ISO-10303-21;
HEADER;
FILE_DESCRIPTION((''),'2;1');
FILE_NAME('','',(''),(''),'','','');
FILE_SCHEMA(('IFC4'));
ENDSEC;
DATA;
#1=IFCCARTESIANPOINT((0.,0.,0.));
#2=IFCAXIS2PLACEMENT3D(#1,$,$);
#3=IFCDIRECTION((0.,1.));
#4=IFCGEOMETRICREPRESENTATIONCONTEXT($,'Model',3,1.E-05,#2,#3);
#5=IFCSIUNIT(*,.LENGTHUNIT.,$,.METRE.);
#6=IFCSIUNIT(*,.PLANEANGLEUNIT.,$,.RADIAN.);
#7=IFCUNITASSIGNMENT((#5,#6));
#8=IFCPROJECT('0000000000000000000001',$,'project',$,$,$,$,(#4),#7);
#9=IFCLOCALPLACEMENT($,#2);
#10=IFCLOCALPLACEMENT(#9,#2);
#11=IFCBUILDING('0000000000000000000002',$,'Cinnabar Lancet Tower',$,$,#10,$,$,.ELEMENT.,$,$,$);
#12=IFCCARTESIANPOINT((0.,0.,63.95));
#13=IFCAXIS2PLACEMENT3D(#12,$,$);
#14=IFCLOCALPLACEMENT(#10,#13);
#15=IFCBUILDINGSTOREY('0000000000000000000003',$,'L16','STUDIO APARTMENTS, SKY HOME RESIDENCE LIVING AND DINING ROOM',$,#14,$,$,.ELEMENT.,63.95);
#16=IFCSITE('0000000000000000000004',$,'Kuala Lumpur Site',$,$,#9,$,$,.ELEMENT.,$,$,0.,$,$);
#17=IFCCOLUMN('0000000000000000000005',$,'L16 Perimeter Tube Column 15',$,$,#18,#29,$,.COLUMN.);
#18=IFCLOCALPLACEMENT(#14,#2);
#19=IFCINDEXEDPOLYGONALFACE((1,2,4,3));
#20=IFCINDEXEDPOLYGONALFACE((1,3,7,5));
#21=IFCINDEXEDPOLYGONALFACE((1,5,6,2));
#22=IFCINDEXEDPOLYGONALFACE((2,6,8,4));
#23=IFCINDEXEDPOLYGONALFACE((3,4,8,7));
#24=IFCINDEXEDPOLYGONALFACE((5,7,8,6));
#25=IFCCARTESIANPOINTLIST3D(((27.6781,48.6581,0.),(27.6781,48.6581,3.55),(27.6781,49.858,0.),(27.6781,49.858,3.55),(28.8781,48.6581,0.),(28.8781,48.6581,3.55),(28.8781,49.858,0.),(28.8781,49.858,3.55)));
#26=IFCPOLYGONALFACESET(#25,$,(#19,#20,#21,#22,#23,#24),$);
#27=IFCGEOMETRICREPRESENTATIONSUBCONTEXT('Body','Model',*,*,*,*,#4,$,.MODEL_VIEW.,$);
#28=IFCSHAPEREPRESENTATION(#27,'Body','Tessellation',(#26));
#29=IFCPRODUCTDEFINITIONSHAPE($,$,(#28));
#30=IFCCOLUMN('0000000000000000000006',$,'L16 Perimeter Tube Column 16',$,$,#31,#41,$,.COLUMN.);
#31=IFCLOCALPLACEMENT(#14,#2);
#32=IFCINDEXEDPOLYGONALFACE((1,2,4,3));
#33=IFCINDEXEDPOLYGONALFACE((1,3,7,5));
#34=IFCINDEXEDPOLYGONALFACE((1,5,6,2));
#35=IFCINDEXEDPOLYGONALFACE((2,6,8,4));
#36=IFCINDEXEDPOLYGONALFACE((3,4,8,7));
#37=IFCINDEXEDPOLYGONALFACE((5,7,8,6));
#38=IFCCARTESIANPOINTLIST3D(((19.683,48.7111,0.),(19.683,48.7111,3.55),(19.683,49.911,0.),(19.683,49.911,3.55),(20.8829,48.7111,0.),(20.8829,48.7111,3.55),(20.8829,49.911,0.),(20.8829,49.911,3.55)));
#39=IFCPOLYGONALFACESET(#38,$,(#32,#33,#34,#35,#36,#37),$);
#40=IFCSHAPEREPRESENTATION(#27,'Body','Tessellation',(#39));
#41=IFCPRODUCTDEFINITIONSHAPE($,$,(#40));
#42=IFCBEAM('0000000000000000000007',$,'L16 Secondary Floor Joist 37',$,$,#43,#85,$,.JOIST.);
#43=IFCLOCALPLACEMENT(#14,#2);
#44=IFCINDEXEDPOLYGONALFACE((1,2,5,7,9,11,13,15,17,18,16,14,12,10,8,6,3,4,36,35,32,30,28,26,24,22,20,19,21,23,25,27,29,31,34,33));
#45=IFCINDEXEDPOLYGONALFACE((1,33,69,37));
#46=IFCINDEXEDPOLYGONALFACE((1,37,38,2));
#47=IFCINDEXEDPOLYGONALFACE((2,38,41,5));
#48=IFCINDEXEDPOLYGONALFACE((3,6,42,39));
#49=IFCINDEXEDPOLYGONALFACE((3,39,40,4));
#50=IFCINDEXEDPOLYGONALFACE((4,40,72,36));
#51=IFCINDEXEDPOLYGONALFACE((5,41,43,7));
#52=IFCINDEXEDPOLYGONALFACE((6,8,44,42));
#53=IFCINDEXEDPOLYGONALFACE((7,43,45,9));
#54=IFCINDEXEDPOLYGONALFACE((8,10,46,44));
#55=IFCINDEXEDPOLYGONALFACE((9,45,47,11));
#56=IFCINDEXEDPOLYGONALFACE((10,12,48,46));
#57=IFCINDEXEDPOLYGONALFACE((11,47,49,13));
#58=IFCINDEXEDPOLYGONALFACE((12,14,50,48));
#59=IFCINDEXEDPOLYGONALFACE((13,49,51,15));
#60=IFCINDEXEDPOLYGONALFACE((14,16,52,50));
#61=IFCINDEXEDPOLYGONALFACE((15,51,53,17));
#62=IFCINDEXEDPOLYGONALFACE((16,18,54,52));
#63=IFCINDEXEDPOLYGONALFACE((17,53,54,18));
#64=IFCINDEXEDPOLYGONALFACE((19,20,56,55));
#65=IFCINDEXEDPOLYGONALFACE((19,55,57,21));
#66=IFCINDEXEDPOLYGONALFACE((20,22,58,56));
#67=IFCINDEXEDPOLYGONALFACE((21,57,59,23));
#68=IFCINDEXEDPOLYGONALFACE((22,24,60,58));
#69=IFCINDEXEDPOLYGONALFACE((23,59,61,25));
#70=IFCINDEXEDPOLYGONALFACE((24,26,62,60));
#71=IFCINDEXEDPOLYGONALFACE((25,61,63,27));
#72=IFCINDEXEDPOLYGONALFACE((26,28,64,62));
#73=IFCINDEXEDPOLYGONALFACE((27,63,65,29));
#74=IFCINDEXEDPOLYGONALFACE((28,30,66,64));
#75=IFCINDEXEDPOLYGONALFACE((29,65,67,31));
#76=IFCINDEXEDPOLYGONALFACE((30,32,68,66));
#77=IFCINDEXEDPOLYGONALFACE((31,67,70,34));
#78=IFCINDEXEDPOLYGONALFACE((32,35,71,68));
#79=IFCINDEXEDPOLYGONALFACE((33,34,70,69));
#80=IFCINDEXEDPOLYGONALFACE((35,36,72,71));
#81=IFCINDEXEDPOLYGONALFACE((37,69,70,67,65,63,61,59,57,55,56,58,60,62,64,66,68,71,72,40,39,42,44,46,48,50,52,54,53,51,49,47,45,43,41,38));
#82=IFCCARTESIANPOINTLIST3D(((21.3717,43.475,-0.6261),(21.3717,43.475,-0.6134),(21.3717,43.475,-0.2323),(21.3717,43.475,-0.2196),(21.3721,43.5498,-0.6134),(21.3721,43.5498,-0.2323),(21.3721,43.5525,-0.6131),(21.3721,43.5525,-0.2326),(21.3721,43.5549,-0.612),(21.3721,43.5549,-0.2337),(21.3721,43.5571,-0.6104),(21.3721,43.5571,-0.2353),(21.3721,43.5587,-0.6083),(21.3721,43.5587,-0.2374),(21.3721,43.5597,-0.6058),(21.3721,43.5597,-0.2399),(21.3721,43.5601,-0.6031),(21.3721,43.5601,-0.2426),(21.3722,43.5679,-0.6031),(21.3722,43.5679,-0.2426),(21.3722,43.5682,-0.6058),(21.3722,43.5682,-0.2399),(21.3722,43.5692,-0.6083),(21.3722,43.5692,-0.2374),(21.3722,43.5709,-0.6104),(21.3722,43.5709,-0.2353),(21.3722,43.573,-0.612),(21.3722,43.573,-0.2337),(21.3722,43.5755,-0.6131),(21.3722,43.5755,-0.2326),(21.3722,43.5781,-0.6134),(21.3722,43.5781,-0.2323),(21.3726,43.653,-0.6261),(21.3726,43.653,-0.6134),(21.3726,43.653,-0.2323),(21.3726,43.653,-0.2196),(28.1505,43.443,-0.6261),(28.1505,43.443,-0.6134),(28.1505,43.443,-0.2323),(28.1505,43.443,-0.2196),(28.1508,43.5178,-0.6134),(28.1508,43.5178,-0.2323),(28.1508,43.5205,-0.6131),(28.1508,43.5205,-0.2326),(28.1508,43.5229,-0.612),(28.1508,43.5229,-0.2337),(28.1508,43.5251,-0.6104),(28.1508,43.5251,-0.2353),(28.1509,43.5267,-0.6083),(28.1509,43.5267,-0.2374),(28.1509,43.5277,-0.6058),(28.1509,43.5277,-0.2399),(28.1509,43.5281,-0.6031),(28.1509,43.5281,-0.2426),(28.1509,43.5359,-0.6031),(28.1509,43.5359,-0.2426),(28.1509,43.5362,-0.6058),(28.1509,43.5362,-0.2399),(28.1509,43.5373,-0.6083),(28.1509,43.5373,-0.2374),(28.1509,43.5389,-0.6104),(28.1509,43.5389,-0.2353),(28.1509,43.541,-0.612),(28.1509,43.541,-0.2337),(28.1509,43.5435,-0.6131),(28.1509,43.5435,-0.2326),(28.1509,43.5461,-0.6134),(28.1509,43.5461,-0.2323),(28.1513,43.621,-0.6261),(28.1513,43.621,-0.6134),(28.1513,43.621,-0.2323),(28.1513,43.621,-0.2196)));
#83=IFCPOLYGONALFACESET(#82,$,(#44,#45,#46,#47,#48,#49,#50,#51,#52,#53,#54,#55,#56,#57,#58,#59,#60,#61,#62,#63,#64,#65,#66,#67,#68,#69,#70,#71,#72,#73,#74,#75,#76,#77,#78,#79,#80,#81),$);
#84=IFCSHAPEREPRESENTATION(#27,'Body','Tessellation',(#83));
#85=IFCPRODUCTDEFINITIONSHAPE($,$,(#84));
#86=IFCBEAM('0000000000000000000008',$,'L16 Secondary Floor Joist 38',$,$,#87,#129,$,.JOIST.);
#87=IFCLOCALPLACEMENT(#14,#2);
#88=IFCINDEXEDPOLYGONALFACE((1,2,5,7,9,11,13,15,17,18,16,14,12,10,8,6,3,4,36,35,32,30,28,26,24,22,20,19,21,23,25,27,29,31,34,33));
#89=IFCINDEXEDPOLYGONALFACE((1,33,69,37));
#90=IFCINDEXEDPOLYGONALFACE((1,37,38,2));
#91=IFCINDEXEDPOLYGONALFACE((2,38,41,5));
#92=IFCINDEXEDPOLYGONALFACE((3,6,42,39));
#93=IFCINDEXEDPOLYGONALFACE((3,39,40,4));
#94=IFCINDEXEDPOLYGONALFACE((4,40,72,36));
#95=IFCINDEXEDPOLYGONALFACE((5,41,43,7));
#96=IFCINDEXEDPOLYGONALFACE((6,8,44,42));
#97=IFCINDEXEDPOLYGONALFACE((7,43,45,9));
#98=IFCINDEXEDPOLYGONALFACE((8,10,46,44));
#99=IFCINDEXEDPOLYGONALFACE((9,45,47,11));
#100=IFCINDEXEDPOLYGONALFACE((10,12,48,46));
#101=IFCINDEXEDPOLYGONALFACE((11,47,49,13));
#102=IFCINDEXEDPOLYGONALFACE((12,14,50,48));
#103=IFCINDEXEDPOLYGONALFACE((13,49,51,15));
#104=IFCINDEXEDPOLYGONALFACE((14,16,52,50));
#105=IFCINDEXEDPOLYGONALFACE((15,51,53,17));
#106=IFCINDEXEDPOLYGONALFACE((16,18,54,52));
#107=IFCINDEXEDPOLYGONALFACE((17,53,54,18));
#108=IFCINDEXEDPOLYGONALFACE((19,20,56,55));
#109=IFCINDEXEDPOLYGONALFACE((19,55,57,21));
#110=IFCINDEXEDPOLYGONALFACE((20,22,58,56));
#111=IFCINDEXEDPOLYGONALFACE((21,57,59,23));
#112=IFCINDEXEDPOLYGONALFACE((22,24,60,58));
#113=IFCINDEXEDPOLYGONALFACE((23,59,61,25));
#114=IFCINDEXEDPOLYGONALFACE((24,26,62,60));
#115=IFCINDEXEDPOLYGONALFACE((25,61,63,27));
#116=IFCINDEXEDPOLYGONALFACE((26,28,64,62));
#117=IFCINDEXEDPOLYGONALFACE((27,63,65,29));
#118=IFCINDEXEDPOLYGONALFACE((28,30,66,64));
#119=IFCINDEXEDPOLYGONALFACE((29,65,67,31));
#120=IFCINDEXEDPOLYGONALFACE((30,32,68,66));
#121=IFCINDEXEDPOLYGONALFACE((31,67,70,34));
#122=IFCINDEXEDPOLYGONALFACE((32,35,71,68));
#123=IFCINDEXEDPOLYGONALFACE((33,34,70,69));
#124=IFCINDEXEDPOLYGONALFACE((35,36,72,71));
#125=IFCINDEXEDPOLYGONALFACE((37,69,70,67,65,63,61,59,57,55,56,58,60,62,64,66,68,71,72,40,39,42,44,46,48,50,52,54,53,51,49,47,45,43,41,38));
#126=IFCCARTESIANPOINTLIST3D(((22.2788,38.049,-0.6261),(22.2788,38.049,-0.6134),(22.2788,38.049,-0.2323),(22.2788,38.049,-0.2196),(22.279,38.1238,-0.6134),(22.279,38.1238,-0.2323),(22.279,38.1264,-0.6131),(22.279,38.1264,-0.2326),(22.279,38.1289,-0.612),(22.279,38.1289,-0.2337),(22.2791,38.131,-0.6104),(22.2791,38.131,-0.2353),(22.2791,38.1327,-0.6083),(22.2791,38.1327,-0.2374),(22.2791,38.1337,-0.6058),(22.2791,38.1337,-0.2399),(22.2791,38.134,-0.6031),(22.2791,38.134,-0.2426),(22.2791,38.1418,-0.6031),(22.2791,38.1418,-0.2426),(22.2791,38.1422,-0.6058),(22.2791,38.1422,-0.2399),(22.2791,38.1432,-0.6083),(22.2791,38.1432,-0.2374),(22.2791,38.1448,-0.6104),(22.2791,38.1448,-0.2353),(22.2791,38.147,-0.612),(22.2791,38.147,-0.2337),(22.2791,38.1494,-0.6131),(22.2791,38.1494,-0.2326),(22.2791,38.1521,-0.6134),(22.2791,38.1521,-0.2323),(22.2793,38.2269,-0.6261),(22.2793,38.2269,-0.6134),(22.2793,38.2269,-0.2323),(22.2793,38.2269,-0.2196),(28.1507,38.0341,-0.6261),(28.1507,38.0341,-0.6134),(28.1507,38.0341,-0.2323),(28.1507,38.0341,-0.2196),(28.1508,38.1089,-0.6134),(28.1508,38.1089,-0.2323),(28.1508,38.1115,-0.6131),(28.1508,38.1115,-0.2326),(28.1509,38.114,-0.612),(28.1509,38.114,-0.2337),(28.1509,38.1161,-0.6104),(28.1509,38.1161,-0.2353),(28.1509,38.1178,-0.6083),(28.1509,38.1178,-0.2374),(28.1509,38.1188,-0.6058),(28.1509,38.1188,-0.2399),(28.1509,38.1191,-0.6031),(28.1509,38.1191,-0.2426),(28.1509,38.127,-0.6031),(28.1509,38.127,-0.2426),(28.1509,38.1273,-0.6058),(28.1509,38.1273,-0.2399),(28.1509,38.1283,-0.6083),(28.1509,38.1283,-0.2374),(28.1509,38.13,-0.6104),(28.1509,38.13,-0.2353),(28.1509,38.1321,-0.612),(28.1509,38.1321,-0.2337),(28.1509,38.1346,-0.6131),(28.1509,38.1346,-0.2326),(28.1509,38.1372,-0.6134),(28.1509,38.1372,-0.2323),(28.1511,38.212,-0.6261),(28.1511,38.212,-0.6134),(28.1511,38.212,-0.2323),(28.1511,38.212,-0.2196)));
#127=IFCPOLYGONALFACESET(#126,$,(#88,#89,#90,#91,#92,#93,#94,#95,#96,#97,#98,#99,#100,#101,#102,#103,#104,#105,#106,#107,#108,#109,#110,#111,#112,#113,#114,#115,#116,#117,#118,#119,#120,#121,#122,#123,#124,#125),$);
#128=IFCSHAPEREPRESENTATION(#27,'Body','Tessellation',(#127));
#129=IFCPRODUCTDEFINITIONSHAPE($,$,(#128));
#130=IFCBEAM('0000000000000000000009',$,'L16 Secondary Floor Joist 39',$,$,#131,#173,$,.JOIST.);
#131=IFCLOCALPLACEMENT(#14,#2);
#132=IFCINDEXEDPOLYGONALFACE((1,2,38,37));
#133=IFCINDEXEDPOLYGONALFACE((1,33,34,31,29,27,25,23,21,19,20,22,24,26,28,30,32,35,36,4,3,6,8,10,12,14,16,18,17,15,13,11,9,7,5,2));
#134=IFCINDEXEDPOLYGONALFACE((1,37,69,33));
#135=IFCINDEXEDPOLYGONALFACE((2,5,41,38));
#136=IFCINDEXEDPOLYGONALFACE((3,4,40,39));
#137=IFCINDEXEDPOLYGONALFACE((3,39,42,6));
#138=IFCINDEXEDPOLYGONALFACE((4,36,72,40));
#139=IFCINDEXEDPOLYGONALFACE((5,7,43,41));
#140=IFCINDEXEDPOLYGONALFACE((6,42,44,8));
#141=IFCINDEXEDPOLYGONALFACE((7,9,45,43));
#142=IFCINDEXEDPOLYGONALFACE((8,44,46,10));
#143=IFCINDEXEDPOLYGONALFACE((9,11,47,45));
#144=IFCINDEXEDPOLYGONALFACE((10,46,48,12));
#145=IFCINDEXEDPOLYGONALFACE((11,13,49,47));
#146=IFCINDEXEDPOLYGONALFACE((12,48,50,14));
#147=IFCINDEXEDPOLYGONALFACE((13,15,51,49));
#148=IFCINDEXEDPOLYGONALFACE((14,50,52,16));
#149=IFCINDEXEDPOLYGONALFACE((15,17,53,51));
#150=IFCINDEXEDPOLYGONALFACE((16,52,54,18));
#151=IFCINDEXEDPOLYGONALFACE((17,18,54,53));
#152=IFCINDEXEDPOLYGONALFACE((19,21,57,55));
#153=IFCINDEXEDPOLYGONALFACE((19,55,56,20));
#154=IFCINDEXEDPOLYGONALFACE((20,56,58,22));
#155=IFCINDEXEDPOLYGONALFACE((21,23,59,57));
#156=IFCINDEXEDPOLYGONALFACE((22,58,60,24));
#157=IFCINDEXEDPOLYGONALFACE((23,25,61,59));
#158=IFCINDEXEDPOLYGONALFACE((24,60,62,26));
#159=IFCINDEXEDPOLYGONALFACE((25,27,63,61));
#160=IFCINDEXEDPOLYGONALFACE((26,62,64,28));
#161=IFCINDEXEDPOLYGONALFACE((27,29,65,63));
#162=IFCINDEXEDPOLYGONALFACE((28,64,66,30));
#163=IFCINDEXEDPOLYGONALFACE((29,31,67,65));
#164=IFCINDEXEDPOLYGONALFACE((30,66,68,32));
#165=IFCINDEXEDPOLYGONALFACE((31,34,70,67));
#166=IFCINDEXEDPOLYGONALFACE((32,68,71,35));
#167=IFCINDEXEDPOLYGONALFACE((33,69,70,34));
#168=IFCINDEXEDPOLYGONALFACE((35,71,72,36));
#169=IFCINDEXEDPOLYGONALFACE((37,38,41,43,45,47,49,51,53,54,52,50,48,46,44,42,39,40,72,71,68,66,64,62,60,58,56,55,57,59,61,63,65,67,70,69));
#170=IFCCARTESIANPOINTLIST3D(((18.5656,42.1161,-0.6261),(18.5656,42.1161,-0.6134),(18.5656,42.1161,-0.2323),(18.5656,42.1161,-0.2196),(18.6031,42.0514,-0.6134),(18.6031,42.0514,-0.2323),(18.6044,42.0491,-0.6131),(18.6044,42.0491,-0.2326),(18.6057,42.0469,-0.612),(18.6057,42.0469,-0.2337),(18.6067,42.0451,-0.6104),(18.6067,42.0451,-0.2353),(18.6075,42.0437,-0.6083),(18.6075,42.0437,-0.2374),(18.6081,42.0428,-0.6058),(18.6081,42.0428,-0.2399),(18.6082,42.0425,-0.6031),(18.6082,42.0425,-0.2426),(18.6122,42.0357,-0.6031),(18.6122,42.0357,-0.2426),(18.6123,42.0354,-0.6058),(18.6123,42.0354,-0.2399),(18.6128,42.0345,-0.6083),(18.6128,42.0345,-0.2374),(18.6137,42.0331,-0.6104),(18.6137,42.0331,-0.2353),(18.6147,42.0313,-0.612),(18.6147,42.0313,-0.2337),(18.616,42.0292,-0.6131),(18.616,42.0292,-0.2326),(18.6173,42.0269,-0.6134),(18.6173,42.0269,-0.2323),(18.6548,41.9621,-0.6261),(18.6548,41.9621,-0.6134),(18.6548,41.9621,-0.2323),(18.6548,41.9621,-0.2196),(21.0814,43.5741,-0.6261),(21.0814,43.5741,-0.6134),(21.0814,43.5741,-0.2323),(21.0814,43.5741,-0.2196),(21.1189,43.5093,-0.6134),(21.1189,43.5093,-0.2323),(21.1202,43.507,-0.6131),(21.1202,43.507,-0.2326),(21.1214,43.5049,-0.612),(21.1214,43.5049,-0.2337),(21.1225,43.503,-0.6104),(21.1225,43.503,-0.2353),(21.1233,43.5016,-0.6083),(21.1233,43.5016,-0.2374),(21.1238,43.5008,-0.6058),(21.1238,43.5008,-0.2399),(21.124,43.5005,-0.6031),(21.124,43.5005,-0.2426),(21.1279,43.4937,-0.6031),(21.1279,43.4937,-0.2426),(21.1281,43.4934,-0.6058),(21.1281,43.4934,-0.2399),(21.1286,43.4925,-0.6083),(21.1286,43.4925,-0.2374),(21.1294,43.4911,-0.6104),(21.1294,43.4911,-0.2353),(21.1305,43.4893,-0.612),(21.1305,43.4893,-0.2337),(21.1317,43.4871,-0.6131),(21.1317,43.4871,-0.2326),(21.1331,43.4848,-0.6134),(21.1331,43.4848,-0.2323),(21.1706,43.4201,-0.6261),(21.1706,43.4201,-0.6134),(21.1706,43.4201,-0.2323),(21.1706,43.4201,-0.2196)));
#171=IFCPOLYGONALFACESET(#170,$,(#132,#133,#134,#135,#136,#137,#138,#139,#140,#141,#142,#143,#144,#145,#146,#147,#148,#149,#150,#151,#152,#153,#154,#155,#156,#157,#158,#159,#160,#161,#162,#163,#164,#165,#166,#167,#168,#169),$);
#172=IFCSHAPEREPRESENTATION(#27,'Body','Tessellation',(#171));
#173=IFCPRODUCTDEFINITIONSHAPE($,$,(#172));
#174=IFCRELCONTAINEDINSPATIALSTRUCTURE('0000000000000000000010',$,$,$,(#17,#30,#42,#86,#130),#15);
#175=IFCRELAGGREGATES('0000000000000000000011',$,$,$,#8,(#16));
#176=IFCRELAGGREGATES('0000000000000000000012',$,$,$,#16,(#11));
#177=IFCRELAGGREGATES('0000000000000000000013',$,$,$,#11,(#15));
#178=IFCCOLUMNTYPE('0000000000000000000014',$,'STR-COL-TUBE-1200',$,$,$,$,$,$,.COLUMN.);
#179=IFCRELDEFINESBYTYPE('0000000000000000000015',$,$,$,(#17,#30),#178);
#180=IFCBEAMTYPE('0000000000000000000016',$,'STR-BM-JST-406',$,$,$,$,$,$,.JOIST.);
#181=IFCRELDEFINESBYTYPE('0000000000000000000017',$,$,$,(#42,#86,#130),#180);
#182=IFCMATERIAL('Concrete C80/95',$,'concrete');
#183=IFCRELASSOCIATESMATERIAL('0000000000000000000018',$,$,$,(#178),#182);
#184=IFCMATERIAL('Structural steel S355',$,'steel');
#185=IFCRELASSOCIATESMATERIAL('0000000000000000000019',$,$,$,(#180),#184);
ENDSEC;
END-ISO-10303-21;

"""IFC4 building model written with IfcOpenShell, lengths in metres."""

from ifc_helpers import new_model, si_unit, direction, frame, origin, origin_2d, place, context, subcontext, project, spatial, rectangle, i_section, extrude, material, material_profile, profile_set, type_object, element, save


model = new_model("IFC4")

# Units and contexts
model_context = context("Model", 3, precision=1e-05, world=origin(), true_north=direction((0.0, 1.0)))
body_context = subcontext(model_context, "Body", "Model", "MODEL_VIEW")
ifc_project = project(units=[si_unit("LENGTHUNIT", "METRE"), si_unit("PLANEANGLEUNIT", "RADIAN")], contexts=[model_context])

# Site, building, storey
site_placement = place(None, origin())
site = spatial("IfcSite", under=ifc_project, at=site_placement, Name="Kuala Lumpur Site", CompositionType="ELEMENT", RefElevation=0.0)
building_placement = place(site_placement, origin())
building = spatial("IfcBuilding", under=site, at=building_placement, Name="Cinnabar Lancet Tower", CompositionType="ELEMENT")
storey_placement = place(building_placement, frame((0.0, 0.0, 63.95)))
storey = spatial("IfcBuildingStorey", under=building, at=storey_placement, Name="L16", Description="STUDIO APARTMENTS, SKY HOME RESIDENCE LIVING AND DINING ROOM", CompositionType="ELEMENT", Elevation=63.95)

# Columns
ifc_material_1 = material(Name="Concrete C80/95", Category="concrete")
ifc_material_profile_1 = material_profile(ifc_material_1, rectangle(XDim=1.2, YDim=1.2, at=origin_2d()), Name="RC-COL 1200x1200")
ifc_profile_set_1 = profile_set([ifc_material_profile_1], Name="Concrete C80/95")
column_type = type_object("IfcColumnType", Name="STR-COL-TUBE-1200", PredefinedType="COLUMN", material=ifc_profile_set_1)
for number, where, z_axis, x_axis, name in (
    (1, (28.2781, 49.2581, 0.0), (0.0, 0.0, 1.0), (1.0, 0.0, 0.0), "L16 Perimeter Tube Column 15"),
    (2, (20.283, 49.311, 0.0), (0.0, 0.0, 1.0), (1.0, 0.0, 0.0), "L16 Perimeter Tube Column 16"),
):
    element("IfcColumn", number, at=place(storey_placement, frame(where, z_axis=z_axis, x_axis=x_axis)), inside=storey, type_object=column_type, Name=name, PredefinedType="COLUMN", context=body_context, shape_type="SweptSolid", body=[
        extrude(rectangle(XDim=1.2, YDim=1.2, at=origin_2d()), origin(), (0.0, 0.0, 1.0), 3.55),
    ])

# Beams
ifc_material_2 = material(Name="Structural steel S355", Category="steel")
ifc_material_profile_2 = material_profile(ifc_material_2, i_section(OverallWidth=0.178, OverallDepth=0.4065, WebThickness=0.0078, FlangeThickness=0.0127, FilletRadius=0.0103, at=origin_2d()), Name="UKB 406x178x60")
ifc_profile_set_2 = profile_set([ifc_material_profile_2], Name="Structural steel S355")
beam_type_1 = type_object("IfcBeamType", Name="STR-BM-JST-406", PredefinedType="JOIST", material=ifc_profile_set_2)
beam_1_placement = place(storey_placement, frame((28.1509, 43.532, -0.4229), z_axis=(-0.999989, 0.004718, 0.0), x_axis=(-0.004718, -0.999989, 0.0)))
element("IfcBeam", 3, at=beam_1_placement, inside=storey, type_object=beam_type_1, Name="L16 Secondary Floor Joist 37", PredefinedType="JOIST", context=body_context, shape_type="SweptSolid", body=[
    extrude(i_section(OverallWidth=0.178, OverallDepth=0.4065, WebThickness=0.0078, FlangeThickness=0.0127, FilletRadius=0.0103, at=origin_2d()), origin(), (0.0, 0.0, 1.0), 6.7788),
])
beam_2_placement = place(storey_placement, frame((28.1509, 38.123, -0.4229), z_axis=(-0.999997, 0.002536, 0.0), x_axis=(-0.002536, -0.999997, 0.0)))
element("IfcBeam", 4, at=beam_2_placement, inside=storey, type_object=beam_type_1, Name="L16 Secondary Floor Joist 38", PredefinedType="JOIST", context=body_context, shape_type="SweptSolid", body=[
    extrude(i_section(OverallWidth=0.178, OverallDepth=0.4065, WebThickness=0.0078, FlangeThickness=0.0127, FilletRadius=0.0103, at=origin_2d()), origin(), (0.0, 0.0, 1.0), 5.8718),
])
beam_3_placement = place(storey_placement, frame((21.126, 43.4971, -0.4229), z_axis=(-0.86521, -0.50141, 0.0), x_axis=(0.50141, -0.86521, 0.0)))
element("IfcBeam", 5, at=beam_3_placement, inside=storey, type_object=beam_type_1, Name="L16 Secondary Floor Joist 39", PredefinedType="JOIST", context=body_context, shape_type="SweptSolid", body=[
    extrude(i_section(OverallWidth=0.178, OverallDepth=0.4065, WebThickness=0.0078, FlangeThickness=0.0127, FilletRadius=0.0103, at=origin_2d()), origin(), (0.0, 0.0, 1.0), 2.9077),
])

save(model, "model.ifc")
